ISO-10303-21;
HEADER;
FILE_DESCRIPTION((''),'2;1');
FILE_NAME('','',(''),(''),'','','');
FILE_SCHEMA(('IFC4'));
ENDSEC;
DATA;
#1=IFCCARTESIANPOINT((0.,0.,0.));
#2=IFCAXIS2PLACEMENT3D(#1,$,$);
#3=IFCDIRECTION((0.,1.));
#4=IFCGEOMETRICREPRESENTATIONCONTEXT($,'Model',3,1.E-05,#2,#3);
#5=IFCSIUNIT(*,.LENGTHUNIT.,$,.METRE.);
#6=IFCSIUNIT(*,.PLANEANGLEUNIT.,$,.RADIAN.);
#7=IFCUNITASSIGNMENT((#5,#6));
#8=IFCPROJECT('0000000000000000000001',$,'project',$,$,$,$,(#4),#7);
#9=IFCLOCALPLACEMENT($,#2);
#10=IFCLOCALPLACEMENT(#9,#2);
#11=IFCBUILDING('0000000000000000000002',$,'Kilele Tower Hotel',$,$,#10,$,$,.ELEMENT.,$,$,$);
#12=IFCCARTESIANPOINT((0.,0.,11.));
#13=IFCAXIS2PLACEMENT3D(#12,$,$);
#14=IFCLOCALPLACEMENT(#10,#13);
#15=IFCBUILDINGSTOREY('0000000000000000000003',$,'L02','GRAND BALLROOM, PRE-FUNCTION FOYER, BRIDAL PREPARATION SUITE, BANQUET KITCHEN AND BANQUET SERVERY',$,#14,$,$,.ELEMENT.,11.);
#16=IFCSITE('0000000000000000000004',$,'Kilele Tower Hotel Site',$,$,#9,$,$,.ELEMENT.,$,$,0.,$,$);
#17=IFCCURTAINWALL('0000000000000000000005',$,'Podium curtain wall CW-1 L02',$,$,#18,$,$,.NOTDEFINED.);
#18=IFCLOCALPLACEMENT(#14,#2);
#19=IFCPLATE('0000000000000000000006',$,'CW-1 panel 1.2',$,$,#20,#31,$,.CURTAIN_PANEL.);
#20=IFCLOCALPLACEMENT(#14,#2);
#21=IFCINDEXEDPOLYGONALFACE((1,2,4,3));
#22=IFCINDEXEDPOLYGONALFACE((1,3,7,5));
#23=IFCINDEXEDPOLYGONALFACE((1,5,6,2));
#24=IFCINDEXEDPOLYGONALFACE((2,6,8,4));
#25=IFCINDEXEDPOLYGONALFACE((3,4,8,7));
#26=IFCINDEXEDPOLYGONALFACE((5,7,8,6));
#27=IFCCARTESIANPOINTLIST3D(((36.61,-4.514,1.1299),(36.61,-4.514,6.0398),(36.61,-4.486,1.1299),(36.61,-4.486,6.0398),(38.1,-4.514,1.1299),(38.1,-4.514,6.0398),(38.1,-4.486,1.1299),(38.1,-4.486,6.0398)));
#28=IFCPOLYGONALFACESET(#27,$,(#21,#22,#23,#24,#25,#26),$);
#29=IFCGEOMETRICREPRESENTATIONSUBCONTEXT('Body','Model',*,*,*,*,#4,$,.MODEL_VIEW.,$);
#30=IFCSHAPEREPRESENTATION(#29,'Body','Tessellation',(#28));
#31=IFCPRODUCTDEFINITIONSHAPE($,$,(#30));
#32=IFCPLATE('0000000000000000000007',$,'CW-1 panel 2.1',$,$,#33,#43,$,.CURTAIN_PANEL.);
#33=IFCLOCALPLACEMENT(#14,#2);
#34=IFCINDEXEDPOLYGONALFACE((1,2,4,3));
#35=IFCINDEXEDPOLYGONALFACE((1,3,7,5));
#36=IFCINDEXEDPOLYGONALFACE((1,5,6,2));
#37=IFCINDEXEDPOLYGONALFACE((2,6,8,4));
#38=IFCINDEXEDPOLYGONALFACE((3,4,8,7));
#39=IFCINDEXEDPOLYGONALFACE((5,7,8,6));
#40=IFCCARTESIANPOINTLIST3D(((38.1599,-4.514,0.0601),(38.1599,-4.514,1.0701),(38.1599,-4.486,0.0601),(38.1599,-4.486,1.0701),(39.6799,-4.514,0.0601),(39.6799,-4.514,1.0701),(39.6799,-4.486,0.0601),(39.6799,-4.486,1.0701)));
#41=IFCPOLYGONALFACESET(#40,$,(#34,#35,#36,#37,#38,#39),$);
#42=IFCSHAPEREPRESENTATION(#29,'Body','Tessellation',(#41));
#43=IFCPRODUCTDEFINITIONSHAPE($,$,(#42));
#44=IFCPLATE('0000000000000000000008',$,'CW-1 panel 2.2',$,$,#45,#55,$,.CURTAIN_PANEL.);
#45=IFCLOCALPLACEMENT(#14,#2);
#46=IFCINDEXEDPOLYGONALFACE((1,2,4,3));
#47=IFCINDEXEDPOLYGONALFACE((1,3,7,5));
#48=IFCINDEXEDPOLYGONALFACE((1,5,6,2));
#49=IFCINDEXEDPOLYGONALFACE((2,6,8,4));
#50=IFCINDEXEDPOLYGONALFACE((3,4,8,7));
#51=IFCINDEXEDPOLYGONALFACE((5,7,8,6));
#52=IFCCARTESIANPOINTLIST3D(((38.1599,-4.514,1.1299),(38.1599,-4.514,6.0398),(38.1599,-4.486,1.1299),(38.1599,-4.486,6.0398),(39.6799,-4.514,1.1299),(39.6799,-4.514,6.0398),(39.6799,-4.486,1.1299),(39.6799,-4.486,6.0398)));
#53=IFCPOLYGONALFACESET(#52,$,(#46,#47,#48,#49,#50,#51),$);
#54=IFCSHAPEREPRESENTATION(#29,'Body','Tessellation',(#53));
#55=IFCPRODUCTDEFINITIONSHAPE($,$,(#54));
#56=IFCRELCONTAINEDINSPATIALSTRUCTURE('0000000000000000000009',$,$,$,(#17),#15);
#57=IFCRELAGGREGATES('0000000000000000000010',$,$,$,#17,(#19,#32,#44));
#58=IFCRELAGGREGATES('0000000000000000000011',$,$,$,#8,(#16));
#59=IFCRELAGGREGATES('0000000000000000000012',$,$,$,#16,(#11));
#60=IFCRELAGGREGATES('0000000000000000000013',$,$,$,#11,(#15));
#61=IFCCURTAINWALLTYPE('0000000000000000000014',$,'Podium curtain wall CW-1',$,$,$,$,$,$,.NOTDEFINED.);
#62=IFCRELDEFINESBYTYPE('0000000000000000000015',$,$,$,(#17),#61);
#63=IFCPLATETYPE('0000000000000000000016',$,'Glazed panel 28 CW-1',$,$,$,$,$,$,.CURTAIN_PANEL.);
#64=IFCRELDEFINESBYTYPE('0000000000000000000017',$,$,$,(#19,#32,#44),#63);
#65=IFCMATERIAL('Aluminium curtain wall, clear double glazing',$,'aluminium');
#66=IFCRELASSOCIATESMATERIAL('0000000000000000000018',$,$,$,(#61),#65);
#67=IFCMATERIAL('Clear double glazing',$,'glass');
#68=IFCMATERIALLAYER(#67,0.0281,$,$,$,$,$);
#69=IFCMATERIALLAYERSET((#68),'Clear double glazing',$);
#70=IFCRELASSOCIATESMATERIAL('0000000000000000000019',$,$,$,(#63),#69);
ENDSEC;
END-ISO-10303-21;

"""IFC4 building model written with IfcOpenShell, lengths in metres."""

from ifc_helpers import new_model, si_unit, direction, frame, origin, origin_2d, place, context, subcontext, project, spatial, rectangle, extrude, material, layer, layer_set, type_object, element, aggregate, save


model = new_model("IFC4")

# Units and contexts
model_context = context("Model", 3, precision=1e-05, world=origin(), true_north=direction((0.0, 1.0)))
body_context = subcontext(model_context, "Body", "Model", "MODEL_VIEW")
ifc_project = project(units=[si_unit("LENGTHUNIT", "METRE"), si_unit("PLANEANGLEUNIT", "RADIAN")], contexts=[model_context])

# Site, building, storey
site_placement = place(None, origin())
site = spatial("IfcSite", under=ifc_project, at=site_placement, Name="Kilele Tower Hotel Site", CompositionType="ELEMENT", RefElevation=0.0)
building_placement = place(site_placement, origin())
building = spatial("IfcBuilding", under=site, at=building_placement, Name="Kilele Tower Hotel", CompositionType="ELEMENT")
storey_placement = place(building_placement, frame((0.0, 0.0, 11.0)))
storey = spatial("IfcBuildingStorey", under=building, at=storey_placement, Name="L02", Description="GRAND BALLROOM, PRE-FUNCTION FOYER, BRIDAL PREPARATION SUITE, BANQUET KITCHEN AND BANQUET SERVERY", CompositionType="ELEMENT", Elevation=11.0)

# Curtain wall
ifc_material_1 = material(Name="Aluminium curtain wall, clear double glazing", Category="aluminium")
curtain_wall_type = type_object("IfcCurtainWallType", Name="Podium curtain wall CW-1", PredefinedType="NOTDEFINED", material=ifc_material_1)
curtain_wall_1_placement = place(storey_placement, origin())
curtain_wall_1 = element("IfcCurtainWall", 1, at=curtain_wall_1_placement, inside=storey, type_object=curtain_wall_type, Name="Podium curtain wall CW-1 L02", PredefinedType="NOTDEFINED")

# Plates
ifc_material_2 = material(Name="Clear double glazing", Category="glass")
ifc_layer = layer(ifc_material_2, 0.0281)
ifc_layer_set = layer_set([ifc_layer], Name="Clear double glazing")
plate_type = type_object("IfcPlateType", Name="Glazed panel 28 CW-1", PredefinedType="CURTAIN_PANEL", material=ifc_layer_set)
plate_1_placement = place(storey_placement, frame((37.355, -4.5, 1.1299), z_axis=(0.0, 0.0, 1.0), x_axis=(1.0, 0.0, 0.0)))
plate_1 = element("IfcPlate", 2, at=plate_1_placement, type_object=plate_type, Name="CW-1 panel 1.2", PredefinedType="CURTAIN_PANEL", context=body_context, shape_type="SweptSolid", body=[
    extrude(rectangle(XDim=1.49, YDim=0.0281, at=origin_2d()), origin(), (0.0, 0.0, 1.0), 4.9099),
])
plate_2_placement = place(storey_placement, frame((38.9199, -4.5, 0.0601), z_axis=(0.0, 0.0, 1.0), x_axis=(1.0, 0.0, 0.0)))
plate_2 = element("IfcPlate", 3, at=plate_2_placement, type_object=plate_type, Name="CW-1 panel 2.1", PredefinedType="CURTAIN_PANEL", context=body_context, shape_type="SweptSolid", body=[
    extrude(rectangle(XDim=1.52, YDim=0.0281, at=origin_2d()), origin(), (0.0, 0.0, 1.0), 1.01),
])
plate_3_placement = place(storey_placement, frame((38.9199, -4.5, 1.1299), z_axis=(0.0, 0.0, 1.0), x_axis=(1.0, 0.0, 0.0)))
plate_3 = element("IfcPlate", 4, at=plate_3_placement, type_object=plate_type, Name="CW-1 panel 2.2", PredefinedType="CURTAIN_PANEL", context=body_context, shape_type="SweptSolid", body=[
    extrude(rectangle(XDim=1.52, YDim=0.0281, at=origin_2d()), origin(), (0.0, 0.0, 1.0), 4.9099),
])
aggregate(curtain_wall_1, [plate_1, plate_2, plate_3])

save(model, "model.ifc")
